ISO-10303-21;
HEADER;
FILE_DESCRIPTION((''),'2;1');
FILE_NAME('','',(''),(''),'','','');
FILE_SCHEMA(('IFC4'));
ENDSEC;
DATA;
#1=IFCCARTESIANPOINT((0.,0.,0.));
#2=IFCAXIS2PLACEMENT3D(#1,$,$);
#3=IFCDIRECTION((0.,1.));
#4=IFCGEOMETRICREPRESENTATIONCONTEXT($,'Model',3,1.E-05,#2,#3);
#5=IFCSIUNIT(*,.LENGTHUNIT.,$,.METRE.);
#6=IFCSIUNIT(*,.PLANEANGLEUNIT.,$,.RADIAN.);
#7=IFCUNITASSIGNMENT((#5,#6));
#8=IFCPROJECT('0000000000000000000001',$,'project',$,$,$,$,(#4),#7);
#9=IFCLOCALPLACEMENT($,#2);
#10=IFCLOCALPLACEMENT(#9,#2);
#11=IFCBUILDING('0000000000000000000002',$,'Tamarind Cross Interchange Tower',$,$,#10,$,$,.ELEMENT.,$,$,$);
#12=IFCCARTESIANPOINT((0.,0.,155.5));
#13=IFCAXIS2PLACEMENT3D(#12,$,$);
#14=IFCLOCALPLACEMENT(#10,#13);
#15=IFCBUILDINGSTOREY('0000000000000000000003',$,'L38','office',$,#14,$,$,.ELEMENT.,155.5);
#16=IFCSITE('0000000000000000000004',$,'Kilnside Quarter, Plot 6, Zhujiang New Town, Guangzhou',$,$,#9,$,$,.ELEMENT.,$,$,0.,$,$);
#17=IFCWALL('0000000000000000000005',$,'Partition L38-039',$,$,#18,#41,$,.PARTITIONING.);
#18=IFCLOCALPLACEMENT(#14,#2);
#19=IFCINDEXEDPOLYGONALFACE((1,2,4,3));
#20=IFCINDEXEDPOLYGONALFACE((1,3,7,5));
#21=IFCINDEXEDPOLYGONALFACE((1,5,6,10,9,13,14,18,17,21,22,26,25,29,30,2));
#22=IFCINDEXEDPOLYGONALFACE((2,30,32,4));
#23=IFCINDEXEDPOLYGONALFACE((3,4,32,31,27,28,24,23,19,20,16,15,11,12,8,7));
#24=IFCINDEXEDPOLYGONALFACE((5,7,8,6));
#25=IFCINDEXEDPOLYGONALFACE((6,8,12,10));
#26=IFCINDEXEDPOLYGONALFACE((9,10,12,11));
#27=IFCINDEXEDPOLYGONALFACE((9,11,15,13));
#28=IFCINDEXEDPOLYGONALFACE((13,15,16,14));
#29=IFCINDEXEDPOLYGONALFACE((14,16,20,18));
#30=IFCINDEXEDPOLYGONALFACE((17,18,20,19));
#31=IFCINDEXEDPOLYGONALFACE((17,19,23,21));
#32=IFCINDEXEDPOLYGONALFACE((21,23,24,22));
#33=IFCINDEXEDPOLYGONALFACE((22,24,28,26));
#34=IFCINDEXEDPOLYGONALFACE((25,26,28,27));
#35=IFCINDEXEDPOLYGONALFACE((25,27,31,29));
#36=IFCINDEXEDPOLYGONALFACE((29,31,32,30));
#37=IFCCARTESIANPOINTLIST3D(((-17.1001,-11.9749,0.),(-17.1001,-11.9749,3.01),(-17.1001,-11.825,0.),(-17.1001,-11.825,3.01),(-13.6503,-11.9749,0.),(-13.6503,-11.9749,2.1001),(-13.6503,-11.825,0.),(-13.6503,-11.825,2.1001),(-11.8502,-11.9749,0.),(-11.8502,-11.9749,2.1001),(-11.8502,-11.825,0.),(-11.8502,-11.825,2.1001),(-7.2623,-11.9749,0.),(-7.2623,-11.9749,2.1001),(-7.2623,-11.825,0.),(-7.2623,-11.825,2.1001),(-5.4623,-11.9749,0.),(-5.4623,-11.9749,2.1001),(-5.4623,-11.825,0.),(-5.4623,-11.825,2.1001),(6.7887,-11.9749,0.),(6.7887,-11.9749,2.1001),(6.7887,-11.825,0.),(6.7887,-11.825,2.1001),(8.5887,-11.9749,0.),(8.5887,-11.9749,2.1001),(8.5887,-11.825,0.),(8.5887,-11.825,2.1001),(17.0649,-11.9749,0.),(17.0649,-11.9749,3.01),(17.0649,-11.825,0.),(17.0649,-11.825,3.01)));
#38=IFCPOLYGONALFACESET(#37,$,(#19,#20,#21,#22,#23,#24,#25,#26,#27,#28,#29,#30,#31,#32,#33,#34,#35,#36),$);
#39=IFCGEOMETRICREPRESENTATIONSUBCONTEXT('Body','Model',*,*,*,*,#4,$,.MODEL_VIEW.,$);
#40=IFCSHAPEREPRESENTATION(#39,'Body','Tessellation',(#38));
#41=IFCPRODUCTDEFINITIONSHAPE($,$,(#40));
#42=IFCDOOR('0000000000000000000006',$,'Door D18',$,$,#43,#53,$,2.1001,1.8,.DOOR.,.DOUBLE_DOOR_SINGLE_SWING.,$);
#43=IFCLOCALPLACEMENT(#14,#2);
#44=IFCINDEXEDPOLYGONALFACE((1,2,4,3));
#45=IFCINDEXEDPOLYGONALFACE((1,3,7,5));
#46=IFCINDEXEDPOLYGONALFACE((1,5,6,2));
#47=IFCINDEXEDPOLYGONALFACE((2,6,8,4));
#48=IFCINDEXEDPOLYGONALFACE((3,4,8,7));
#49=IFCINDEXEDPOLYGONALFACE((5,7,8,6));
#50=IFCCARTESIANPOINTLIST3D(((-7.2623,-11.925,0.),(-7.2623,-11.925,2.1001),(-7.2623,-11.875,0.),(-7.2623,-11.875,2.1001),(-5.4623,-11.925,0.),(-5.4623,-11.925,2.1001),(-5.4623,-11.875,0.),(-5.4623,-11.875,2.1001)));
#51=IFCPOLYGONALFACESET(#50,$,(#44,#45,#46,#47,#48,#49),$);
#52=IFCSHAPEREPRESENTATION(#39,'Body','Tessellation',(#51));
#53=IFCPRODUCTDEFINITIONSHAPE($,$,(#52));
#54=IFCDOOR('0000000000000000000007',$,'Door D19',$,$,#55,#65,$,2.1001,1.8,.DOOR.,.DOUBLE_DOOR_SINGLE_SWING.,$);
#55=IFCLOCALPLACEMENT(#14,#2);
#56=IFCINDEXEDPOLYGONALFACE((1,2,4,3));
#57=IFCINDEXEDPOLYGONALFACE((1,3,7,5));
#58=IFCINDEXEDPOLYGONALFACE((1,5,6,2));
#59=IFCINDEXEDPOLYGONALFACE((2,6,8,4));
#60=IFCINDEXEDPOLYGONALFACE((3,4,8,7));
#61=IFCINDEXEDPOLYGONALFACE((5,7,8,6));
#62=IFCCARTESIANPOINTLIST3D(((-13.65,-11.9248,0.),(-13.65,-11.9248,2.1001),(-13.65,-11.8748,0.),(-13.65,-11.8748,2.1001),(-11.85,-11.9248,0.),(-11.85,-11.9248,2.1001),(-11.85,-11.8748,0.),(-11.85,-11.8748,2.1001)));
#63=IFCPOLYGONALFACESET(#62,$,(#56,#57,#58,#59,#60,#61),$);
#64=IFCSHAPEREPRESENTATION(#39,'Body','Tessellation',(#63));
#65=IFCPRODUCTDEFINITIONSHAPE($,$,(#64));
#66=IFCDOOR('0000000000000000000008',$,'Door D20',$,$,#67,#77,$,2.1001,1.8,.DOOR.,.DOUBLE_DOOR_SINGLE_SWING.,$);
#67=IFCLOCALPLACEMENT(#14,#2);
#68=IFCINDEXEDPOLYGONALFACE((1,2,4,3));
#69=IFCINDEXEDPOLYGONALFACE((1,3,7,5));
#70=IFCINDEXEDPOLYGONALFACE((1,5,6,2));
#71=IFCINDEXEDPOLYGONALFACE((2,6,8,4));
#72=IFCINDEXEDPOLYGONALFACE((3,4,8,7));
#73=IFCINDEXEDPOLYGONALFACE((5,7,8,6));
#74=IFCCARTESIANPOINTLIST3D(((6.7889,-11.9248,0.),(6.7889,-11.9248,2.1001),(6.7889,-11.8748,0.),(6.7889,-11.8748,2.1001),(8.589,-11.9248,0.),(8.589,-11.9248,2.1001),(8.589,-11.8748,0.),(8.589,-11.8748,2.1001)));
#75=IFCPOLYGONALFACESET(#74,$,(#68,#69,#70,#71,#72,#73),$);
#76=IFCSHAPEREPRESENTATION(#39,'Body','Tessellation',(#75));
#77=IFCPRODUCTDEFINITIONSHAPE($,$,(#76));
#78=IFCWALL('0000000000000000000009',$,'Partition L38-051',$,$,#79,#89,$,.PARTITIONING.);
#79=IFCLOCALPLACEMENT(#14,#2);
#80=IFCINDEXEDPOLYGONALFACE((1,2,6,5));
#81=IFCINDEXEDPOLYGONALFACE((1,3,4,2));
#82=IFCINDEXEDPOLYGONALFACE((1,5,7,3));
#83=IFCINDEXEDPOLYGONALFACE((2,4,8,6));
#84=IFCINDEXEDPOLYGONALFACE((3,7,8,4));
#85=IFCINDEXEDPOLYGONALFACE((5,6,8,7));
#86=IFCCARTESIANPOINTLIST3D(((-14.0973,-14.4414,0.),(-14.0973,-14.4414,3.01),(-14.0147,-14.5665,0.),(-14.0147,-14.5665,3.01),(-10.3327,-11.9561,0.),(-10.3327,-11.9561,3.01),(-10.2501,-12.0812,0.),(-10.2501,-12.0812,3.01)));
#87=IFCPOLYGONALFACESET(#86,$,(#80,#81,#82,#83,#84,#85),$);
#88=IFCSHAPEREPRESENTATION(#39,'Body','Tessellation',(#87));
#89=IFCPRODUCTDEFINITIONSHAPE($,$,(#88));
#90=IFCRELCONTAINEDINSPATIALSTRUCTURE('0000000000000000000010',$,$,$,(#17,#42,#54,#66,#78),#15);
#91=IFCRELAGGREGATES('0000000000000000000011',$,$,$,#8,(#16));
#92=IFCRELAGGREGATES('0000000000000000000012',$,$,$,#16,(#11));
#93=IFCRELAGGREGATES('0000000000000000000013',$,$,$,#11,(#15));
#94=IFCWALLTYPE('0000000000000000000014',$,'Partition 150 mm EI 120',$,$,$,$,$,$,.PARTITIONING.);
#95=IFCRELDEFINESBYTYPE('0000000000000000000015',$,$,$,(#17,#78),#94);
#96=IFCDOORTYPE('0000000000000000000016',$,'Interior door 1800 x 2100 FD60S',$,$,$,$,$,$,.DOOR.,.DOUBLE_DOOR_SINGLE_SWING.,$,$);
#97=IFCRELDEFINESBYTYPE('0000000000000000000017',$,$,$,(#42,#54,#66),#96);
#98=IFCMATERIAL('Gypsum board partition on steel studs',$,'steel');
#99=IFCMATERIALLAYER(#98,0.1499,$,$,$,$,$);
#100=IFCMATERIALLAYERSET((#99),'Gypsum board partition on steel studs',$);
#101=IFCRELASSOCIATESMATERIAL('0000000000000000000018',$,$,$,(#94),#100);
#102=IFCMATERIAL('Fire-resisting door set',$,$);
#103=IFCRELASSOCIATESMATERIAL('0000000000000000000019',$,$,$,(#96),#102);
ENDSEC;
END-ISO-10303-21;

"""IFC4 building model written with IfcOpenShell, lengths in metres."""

from ifc_helpers import new_model, si_unit, direction, frame, frame_2d, origin, place, context, subcontext, project, spatial, rectangle, extrude, material, layer, layer_set, type_object, element, fill, save


model = new_model("IFC4")

# Units and contexts
model_context = context("Model", 3, precision=1e-05, world=origin(), true_north=direction((0.0, 1.0)))
body_context = subcontext(model_context, "Body", "Model", "MODEL_VIEW")
ifc_project = project(units=[si_unit("LENGTHUNIT", "METRE"), si_unit("PLANEANGLEUNIT", "RADIAN")], contexts=[model_context])

# Site, building, storey
site_placement = place(None, origin())
site = spatial("IfcSite", under=ifc_project, at=site_placement, Name="Kilnside Quarter, Plot 6, Zhujiang New Town, Guangzhou", CompositionType="ELEMENT", RefElevation=0.0)
building_placement = place(site_placement, origin())
building = spatial("IfcBuilding", under=site, at=building_placement, Name="Tamarind Cross Interchange Tower", CompositionType="ELEMENT")
storey_placement = place(building_placement, frame((0.0, 0.0, 155.5)))
storey = spatial("IfcBuildingStorey", under=building, at=storey_placement, Name="L38", Description="office", CompositionType="ELEMENT", Elevation=155.5)

# Shared definitions
ifc_material_1 = material(Name="Gypsum board partition on steel studs", Category="steel")
ifc_layer_1 = layer(ifc_material_1, 0.1499)
ifc_layer_set_1 = layer_set([ifc_layer_1], Name="Gypsum board partition on steel studs")
wall_type_1 = type_object("IfcWallType", Name="Partition 150 mm EI 120", PredefinedType="PARTITIONING", material=ifc_layer_set_1)

# Shared definitions
ifc_material_2 = material(Name="Fire-resisting door set")
door_type_1 = type_object("IfcDoorType", Name="Interior door 1800 x 2100 FD60S", OperationType="DOUBLE_DOOR_SINGLE_SWING", PredefinedType="DOOR", material=ifc_material_2)

# Wall, openings, doors
wall_1_placement = place(storey_placement, frame((-17.1001, -11.8999, 0.0), z_axis=(0.0, 0.0, 1.0), x_axis=(1.0, 0.0, 0.0)))
wall_1 = element("IfcWall", 1, at=wall_1_placement, inside=storey, type_object=wall_type_1, Name="Partition L38-039", PredefinedType="PARTITIONING", context=body_context, shape_type="SweptSolid", body=[
    extrude(rectangle(XDim=34.165, YDim=0.1499, at=frame_2d((17.0825, 0.0))), origin(), (0.0, 0.0, 1.0), 3.01),
])
opening_1_placement = place(wall_1_placement, frame((9.8379, 0.0, 0.0)))
opening_1 = element("IfcOpeningElement", 2, at=opening_1_placement, cuts=wall_1, PredefinedType="OPENING", context=body_context, shape_type="SweptSolid", body=[
    extrude(rectangle(XDim=1.8, YDim=2.1001, at=frame_2d((0.8999, 1.05))), frame((0.0, 0.085, 0.0), z_axis=(0.0, -1.0, 0.0), x_axis=(1.0, 0.0, 0.0)), (0.0, 0.0, 1.0), 0.1699),
])
opening_2_placement = place(wall_1_placement, frame((3.45, 0.0, 0.0)))
opening_2 = element("IfcOpeningElement", 3, at=opening_2_placement, cuts=wall_1, PredefinedType="OPENING", context=body_context, shape_type="SweptSolid", body=[
    extrude(rectangle(XDim=1.8, YDim=2.1001, at=frame_2d((0.8999, 1.05))), frame((0.0, 0.085, 0.0), z_axis=(0.0, -1.0, 0.0), x_axis=(1.0, 0.0, 0.0)), (0.0, 0.0, 1.0), 0.1699),
])
opening_3_placement = place(wall_1_placement, frame((23.8889, 0.0, 0.0)))
opening_3 = element("IfcOpeningElement", 4, at=opening_3_placement, cuts=wall_1, PredefinedType="OPENING", context=body_context, shape_type="SweptSolid", body=[
    extrude(rectangle(XDim=1.8, YDim=2.1001, at=frame_2d((0.8999, 1.05))), frame((0.0, 0.085, 0.0), z_axis=(0.0, -1.0, 0.0), x_axis=(1.0, 0.0, 0.0)), (0.0, 0.0, 1.0), 0.1699),
])
door_1_placement = place(opening_1_placement, origin())
door_1 = element("IfcDoor", 5, at=door_1_placement, inside=storey, type_object=door_type_1, Name="Door D18", OperationType="DOUBLE_DOOR_SINGLE_SWING", OverallHeight=2.1001, OverallWidth=1.8, PredefinedType="DOOR", context=body_context, shape_type="SweptSolid", body=[
    extrude(rectangle(XDim=1.8, YDim=2.1001, at=frame_2d((0.8999, 1.05))), frame((0.0, 0.0249, 0.0), z_axis=(0.0, -1.0, 0.0), x_axis=(1.0, 0.0, 0.0)), (0.0, 0.0, 1.0), 0.05),
])
fill(opening_1, door_1)
door_2_placement = place(opening_2_placement, frame((1.8, 0.0, 0.0), z_axis=(0.0, 0.0, 1.0), x_axis=(-1.0, 0.0, 0.0)))
door_2 = element("IfcDoor", 6, at=door_2_placement, inside=storey, type_object=door_type_1, Name="Door D19", OperationType="DOUBLE_DOOR_SINGLE_SWING", OverallHeight=2.1001, OverallWidth=1.8, PredefinedType="DOOR", context=body_context, shape_type="SweptSolid", body=[
    extrude(rectangle(XDim=1.8, YDim=2.1001, at=frame_2d((0.8999, 1.05))), frame((0.0, 0.0249, 0.0), z_axis=(0.0, -1.0, 0.0), x_axis=(1.0, 0.0, 0.0)), (0.0, 0.0, 1.0), 0.05),
])
fill(opening_2, door_2)
door_3_placement = place(opening_3_placement, frame((1.8, 0.0, 0.0), z_axis=(0.0, 0.0, 1.0), x_axis=(-1.0, 0.0, 0.0)))
door_3 = element("IfcDoor", 7, at=door_3_placement, inside=storey, type_object=door_type_1, Name="Door D20", OperationType="DOUBLE_DOOR_SINGLE_SWING", OverallHeight=2.1001, OverallWidth=1.8, PredefinedType="DOOR", context=body_context, shape_type="SweptSolid", body=[
    extrude(rectangle(XDim=1.8, YDim=2.1001, at=frame_2d((0.8999, 1.05))), frame((0.0, 0.0249, 0.0), z_axis=(0.0, -1.0, 0.0), x_axis=(1.0, 0.0, 0.0)), (0.0, 0.0, 1.0), 0.05),
])
fill(opening_3, door_3)

# Wall
wall_2_placement = place(storey_placement, frame((-14.0559, -14.5039, 0.0), z_axis=(0.0, 0.0, 1.0), x_axis=(0.83454, 0.550948, 0.0)))
element("IfcWall", 8, at=wall_2_placement, inside=storey, type_object=wall_type_1, Name="Partition L38-051", PredefinedType="PARTITIONING", context=body_context, shape_type="SweptSolid", body=[
    extrude(rectangle(XDim=4.511, YDim=0.1499, at=frame_2d((2.2554, 0.0))), origin(), (0.0, 0.0, 1.0), 3.01),
])

save(model, "model.ifc")
